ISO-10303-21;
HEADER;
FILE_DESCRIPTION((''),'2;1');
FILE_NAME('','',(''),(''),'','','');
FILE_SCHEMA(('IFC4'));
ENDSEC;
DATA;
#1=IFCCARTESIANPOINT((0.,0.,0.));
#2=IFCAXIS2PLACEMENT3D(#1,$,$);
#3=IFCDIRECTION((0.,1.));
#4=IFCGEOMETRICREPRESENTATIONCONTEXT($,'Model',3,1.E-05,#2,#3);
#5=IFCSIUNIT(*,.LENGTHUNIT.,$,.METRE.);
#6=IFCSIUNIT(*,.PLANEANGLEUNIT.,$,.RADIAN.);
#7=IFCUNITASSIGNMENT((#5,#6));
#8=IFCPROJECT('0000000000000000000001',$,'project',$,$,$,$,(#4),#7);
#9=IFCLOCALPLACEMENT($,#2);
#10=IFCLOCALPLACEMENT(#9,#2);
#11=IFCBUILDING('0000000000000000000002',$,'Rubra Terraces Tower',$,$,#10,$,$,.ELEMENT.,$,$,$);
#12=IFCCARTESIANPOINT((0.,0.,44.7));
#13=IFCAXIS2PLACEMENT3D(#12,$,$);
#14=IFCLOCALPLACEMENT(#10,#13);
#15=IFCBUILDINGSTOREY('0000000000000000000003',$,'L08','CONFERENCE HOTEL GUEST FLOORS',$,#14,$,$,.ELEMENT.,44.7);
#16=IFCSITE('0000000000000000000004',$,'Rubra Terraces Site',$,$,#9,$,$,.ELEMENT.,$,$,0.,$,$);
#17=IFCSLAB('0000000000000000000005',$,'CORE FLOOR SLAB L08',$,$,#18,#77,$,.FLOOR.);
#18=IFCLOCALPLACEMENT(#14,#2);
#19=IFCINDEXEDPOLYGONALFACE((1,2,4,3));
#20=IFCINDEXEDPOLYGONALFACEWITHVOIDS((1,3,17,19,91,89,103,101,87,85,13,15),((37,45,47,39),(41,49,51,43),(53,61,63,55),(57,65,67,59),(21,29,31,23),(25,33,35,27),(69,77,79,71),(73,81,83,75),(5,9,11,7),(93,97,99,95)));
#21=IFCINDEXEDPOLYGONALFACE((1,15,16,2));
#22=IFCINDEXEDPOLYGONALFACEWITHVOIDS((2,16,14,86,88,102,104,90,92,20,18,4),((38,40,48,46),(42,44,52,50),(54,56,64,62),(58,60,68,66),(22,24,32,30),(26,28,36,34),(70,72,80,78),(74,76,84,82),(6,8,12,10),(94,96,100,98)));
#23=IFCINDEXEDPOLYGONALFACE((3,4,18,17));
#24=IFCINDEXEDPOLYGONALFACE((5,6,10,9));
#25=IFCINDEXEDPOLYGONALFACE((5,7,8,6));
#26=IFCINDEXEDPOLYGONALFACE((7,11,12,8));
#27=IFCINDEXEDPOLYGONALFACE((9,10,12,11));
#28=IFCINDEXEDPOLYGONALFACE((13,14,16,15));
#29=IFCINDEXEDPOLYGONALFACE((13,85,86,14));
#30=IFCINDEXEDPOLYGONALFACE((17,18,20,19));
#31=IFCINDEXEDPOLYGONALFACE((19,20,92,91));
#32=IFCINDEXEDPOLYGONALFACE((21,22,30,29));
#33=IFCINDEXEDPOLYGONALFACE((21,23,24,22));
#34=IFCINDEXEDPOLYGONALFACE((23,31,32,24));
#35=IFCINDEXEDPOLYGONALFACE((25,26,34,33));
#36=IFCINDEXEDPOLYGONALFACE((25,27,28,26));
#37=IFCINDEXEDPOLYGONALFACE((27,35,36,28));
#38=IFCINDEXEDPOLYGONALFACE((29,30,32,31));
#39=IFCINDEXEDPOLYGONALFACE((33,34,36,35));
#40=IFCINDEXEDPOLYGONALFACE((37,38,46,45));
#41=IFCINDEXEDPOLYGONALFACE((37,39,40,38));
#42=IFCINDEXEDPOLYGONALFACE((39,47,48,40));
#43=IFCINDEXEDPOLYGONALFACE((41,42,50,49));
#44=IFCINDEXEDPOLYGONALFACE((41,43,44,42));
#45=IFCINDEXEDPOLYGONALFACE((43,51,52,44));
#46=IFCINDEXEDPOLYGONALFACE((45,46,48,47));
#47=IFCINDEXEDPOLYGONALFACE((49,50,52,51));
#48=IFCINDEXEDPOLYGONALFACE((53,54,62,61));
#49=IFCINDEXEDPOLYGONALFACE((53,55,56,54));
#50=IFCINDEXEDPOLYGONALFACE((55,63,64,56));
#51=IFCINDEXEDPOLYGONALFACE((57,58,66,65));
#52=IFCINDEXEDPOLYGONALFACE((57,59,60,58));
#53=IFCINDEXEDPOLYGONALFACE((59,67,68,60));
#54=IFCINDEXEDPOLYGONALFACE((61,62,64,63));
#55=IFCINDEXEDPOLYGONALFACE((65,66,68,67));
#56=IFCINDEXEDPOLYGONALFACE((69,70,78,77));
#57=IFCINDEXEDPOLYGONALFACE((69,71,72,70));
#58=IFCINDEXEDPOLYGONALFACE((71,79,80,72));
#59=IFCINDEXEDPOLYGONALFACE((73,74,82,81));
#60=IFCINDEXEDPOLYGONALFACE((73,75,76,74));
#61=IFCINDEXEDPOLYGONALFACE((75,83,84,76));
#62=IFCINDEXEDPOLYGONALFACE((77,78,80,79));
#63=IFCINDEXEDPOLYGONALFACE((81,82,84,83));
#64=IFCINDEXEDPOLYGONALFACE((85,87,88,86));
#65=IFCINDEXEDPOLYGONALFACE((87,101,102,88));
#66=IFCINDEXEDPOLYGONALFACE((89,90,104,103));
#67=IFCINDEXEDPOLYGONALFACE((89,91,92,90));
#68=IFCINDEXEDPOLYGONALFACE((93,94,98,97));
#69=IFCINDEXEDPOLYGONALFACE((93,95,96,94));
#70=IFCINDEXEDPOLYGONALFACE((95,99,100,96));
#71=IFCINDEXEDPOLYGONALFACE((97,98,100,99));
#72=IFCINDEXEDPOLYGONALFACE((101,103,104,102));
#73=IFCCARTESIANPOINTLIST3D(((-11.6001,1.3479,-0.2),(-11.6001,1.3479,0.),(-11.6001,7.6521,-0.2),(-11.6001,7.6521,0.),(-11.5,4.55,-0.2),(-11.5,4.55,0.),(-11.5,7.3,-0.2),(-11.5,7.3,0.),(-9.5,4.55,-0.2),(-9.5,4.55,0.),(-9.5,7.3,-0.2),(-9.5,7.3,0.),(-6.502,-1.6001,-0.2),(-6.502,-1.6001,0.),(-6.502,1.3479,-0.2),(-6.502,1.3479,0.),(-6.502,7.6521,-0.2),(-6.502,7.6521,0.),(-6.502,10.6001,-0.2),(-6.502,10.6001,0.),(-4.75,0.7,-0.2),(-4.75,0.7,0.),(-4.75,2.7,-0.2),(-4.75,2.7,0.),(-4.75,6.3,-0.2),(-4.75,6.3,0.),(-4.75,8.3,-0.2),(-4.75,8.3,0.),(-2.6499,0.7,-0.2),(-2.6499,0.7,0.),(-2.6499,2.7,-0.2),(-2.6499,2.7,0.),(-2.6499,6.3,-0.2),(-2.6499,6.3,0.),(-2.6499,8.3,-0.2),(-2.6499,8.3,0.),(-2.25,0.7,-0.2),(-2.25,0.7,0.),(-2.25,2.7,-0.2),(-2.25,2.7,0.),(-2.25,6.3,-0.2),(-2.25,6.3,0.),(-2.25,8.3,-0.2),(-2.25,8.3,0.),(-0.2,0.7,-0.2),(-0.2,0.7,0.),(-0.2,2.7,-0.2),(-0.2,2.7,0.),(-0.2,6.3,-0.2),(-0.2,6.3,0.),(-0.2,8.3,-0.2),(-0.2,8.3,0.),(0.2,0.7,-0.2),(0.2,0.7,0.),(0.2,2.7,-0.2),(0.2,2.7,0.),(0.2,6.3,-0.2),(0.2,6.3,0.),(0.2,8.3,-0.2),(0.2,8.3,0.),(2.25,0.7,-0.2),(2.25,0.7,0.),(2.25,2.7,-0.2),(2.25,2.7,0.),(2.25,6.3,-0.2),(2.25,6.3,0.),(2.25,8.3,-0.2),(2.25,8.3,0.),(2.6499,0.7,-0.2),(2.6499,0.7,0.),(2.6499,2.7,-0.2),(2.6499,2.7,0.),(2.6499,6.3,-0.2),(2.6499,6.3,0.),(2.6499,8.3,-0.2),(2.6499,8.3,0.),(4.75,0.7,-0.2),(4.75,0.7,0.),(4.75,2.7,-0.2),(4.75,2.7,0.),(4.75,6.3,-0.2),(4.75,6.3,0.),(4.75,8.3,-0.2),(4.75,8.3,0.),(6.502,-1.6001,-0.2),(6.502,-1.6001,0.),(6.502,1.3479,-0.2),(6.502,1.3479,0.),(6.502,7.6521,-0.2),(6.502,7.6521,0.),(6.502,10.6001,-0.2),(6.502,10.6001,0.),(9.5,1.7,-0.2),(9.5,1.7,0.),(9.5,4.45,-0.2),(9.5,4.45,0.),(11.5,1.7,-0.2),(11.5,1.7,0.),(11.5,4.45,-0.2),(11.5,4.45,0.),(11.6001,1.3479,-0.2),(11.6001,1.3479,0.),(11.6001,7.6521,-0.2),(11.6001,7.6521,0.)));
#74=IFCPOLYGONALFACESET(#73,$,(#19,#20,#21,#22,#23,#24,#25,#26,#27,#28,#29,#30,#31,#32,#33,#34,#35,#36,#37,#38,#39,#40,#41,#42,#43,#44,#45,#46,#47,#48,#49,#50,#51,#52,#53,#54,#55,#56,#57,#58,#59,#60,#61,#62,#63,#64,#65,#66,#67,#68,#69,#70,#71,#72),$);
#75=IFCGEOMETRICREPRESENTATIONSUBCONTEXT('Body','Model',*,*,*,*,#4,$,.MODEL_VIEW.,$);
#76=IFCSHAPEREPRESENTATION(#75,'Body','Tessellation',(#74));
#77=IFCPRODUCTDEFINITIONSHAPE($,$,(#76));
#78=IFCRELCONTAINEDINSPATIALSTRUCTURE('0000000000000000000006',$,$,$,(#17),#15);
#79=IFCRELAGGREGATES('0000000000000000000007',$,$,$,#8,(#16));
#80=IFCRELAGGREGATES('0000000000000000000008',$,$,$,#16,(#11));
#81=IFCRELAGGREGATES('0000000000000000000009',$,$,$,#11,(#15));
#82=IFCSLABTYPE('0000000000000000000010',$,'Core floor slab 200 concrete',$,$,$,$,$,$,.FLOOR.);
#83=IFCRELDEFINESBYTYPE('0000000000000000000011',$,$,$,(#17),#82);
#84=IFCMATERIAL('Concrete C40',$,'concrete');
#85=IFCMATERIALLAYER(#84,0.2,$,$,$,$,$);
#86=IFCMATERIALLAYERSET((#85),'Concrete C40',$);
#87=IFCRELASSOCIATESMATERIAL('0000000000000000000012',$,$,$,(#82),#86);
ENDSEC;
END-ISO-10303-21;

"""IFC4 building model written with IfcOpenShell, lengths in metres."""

from ifc_helpers import new_model, si_unit, direction, frame, origin, place, context, subcontext, project, spatial, polyline, outline, extrude, material, layer, layer_set, type_object, element, save


model = new_model("IFC4")

# Units and contexts
model_context = context("Model", 3, precision=1e-05, world=origin(), true_north=direction((0.0, 1.0)))
body_context = subcontext(model_context, "Body", "Model", "MODEL_VIEW")
ifc_project = project(units=[si_unit("LENGTHUNIT", "METRE"), si_unit("PLANEANGLEUNIT", "RADIAN")], contexts=[model_context])

# Site, building, storey
site_placement = place(None, origin())
site = spatial("IfcSite", under=ifc_project, at=site_placement, Name="Rubra Terraces Site", CompositionType="ELEMENT", RefElevation=0.0)
building_placement = place(site_placement, origin())
building = spatial("IfcBuilding", under=site, at=building_placement, Name="Rubra Terraces Tower", CompositionType="ELEMENT")
storey_placement = place(building_placement, frame((0.0, 0.0, 44.7)))
storey = spatial("IfcBuildingStorey", under=building, at=storey_placement, Name="L08", Description="CONFERENCE HOTEL GUEST FLOORS", CompositionType="ELEMENT", Elevation=44.7)

# Slab
ifc_material_1 = material(Name="Concrete C40", Category="concrete")
ifc_layer_1 = layer(ifc_material_1, 0.2)
ifc_layer_set_1 = layer_set([ifc_layer_1], Name="Concrete C40")
slab_type_1 = type_object("IfcSlabType", Name="Core floor slab 200 concrete", PredefinedType="FLOOR", material=ifc_layer_set_1)
slab_1_placement = place(storey_placement, frame((0.0, 0.0, -0.2)))
element("IfcSlab", 1, at=slab_1_placement, inside=storey, type_object=slab_type_1, Name="CORE FLOOR SLAB L08", PredefinedType="FLOOR", context=body_context, shape_type="SweptSolid", body=[
    extrude(outline(polyline([(-11.6001, 1.3479), (-11.6001, 7.6521), (-6.502, 7.6521), (-6.502, 10.6001), (6.502, 10.6001), (6.502, 7.6521), (11.6001, 7.6521), (11.6001, 1.3479), (6.502, 1.3479), (6.502, -1.6001), (-6.502, -1.6001), (-6.502, 1.3479), (-11.6001, 1.3479)]), holes=[polyline([(9.5, 1.7), (11.5, 1.7), (11.5, 4.45), (9.5, 4.45), (9.5, 1.7)]), polyline([(4.75, 0.7), (4.75, 2.7), (2.6499, 2.7), (2.6499, 0.7), (4.75, 0.7)]), polyline([(4.75, 6.3), (4.75, 8.3), (2.6499, 8.3), (2.6499, 6.3), (4.75, 6.3)]), polyline([(2.25, 0.7), (2.25, 2.7), (0.2, 2.7), (0.2, 0.7), (2.25, 0.7)]), polyline([(2.25, 6.3), (2.25, 8.3), (0.2, 8.3), (0.2, 6.3), (2.25, 6.3)]), polyline([(-0.2, 0.7), (-0.2, 2.7), (-2.25, 2.7), (-2.25, 0.7), (-0.2, 0.7)]), polyline([(-0.2, 6.3), (-0.2, 8.3), (-2.25, 8.3), (-2.25, 6.3), (-0.2, 6.3)]), polyline([(-2.6499, 0.7), (-2.6499, 2.7), (-4.75, 2.7), (-4.75, 0.7), (-2.6499, 0.7)]), polyline([(-2.6499, 8.3), (-4.75, 8.3), (-4.75, 6.3), (-2.6499, 6.3), (-2.6499, 8.3)]), polyline([(-9.5, 7.3), (-11.5, 7.3), (-11.5, 4.55), (-9.5, 4.55), (-9.5, 7.3)])]), origin(), (0.0, 0.0, 1.0), 0.2),
])

save(model, "model.ifc")
